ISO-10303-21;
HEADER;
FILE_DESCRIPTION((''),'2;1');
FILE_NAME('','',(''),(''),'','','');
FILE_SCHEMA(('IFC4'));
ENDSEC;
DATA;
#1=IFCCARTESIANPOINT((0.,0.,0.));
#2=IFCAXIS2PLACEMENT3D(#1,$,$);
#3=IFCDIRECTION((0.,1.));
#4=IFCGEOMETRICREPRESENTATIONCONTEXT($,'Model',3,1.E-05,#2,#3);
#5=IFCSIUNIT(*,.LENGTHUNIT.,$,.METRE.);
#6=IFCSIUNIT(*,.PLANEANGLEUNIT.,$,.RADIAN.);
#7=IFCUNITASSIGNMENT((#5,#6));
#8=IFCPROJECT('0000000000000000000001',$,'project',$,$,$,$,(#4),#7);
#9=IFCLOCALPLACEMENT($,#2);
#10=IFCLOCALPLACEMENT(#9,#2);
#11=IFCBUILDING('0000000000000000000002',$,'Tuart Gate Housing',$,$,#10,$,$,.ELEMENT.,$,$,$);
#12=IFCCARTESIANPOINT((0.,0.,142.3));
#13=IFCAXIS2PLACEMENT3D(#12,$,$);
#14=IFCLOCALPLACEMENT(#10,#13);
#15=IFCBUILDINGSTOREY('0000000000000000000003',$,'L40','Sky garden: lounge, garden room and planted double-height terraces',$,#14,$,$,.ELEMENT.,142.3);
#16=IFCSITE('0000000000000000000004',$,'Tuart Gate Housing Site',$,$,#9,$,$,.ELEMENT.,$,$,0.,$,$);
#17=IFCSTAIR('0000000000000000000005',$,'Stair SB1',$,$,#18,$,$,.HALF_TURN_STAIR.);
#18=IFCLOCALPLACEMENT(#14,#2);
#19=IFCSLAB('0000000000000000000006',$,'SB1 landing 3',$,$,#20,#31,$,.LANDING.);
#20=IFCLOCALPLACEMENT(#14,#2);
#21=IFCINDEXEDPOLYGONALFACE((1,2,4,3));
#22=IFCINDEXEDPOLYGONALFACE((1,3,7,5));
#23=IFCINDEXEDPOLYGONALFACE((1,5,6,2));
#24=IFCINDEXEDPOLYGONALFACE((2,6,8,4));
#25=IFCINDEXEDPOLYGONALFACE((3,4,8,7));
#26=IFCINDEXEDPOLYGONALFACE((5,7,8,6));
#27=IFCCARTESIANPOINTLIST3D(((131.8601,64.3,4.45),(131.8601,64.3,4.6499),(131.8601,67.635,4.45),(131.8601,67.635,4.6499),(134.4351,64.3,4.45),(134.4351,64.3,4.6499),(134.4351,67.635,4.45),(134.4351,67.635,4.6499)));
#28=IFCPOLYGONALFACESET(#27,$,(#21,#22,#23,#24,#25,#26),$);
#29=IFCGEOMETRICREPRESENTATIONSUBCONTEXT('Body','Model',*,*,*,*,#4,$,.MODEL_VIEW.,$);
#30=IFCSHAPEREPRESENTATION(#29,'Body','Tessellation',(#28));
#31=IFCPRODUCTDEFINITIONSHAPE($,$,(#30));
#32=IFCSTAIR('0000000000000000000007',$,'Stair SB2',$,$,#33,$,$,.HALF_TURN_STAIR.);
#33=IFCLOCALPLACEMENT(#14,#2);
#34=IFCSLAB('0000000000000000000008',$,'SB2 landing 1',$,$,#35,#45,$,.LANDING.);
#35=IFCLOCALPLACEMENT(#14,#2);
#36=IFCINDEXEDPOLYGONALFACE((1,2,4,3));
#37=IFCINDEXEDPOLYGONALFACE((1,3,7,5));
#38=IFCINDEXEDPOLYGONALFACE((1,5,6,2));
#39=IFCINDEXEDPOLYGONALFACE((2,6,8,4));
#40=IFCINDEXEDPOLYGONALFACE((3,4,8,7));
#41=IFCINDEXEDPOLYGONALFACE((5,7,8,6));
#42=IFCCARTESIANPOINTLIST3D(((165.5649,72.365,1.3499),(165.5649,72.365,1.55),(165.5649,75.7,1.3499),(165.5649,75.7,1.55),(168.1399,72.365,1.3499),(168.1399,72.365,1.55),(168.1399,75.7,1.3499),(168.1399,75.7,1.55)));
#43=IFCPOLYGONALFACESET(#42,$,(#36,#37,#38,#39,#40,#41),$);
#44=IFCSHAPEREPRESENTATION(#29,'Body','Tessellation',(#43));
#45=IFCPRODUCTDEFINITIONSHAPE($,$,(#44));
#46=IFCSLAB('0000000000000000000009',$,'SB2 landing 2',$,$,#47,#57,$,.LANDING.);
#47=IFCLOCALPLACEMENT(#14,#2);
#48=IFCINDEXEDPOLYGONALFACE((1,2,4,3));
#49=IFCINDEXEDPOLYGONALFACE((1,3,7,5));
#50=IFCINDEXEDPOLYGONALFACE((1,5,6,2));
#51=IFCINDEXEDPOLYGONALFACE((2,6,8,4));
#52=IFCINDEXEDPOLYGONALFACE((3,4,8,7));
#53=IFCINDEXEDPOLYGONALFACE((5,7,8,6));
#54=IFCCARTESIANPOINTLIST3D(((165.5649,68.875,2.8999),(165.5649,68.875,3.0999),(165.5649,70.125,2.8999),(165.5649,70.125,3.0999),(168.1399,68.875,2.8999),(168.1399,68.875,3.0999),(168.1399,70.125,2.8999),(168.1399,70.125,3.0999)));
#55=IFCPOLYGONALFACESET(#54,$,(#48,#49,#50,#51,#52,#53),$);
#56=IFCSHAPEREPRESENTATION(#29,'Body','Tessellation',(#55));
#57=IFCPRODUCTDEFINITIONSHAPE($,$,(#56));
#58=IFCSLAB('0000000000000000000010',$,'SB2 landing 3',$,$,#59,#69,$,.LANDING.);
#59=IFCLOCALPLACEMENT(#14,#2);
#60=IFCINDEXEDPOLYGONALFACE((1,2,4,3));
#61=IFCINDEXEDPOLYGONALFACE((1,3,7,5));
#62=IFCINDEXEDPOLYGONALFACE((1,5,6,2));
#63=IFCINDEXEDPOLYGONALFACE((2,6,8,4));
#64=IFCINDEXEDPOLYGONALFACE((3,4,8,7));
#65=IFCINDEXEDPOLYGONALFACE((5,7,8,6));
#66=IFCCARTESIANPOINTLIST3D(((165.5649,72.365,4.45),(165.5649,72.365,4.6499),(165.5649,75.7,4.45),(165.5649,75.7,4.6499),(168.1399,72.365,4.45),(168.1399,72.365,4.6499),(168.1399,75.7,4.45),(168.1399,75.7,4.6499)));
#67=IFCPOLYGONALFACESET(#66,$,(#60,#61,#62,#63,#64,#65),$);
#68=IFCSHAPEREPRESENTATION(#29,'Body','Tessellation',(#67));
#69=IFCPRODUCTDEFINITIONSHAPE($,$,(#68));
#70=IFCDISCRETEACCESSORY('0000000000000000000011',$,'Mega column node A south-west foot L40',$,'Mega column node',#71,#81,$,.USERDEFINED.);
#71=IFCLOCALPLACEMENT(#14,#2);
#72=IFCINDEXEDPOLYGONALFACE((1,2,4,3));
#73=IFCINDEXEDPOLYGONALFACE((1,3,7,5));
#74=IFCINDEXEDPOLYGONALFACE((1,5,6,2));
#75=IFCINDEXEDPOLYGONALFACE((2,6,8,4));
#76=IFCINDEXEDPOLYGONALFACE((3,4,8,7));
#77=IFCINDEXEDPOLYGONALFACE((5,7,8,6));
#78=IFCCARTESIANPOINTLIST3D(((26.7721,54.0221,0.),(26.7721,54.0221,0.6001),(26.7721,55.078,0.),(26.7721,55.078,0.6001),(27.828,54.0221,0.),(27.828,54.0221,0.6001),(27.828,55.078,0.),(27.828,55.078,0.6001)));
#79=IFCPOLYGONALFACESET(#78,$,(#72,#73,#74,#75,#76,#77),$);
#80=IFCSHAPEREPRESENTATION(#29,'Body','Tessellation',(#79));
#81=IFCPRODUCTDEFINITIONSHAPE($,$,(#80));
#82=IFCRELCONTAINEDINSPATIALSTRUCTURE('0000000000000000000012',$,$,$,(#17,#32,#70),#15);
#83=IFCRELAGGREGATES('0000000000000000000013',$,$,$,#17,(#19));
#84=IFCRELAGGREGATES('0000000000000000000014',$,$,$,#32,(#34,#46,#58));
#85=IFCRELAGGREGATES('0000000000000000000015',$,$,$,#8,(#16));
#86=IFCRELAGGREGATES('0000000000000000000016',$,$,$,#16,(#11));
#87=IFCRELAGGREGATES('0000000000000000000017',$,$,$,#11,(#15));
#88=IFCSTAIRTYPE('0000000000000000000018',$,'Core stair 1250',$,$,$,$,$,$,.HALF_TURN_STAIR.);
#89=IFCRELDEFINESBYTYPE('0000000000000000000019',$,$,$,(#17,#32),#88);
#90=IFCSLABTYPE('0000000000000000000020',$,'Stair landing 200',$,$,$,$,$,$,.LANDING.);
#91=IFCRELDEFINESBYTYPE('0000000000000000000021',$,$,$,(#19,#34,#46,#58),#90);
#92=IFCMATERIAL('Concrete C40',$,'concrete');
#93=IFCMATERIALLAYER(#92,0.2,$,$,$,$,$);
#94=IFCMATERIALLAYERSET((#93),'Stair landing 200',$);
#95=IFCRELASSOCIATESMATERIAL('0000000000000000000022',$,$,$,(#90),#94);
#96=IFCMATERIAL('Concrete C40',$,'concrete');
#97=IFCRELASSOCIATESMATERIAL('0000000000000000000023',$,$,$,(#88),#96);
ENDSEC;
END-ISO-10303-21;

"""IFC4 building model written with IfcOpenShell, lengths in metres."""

from ifc_helpers import new_model, si_unit, direction, frame, origin, origin_2d, place, context, subcontext, project, spatial, polyline, rectangle, outline, extrude, material, layer, layer_set, type_object, element, aggregate, save


model = new_model("IFC4")

# Units and contexts
model_context = context("Model", 3, precision=1e-05, world=origin(), true_north=direction((0.0, 1.0)))
body_context = subcontext(model_context, "Body", "Model", "MODEL_VIEW")
ifc_project = project(units=[si_unit("LENGTHUNIT", "METRE"), si_unit("PLANEANGLEUNIT", "RADIAN")], contexts=[model_context])

# Site, building, storey
site_placement = place(None, origin())
site = spatial("IfcSite", under=ifc_project, at=site_placement, Name="Tuart Gate Housing Site", CompositionType="ELEMENT", RefElevation=0.0)
building_placement = place(site_placement, origin())
building = spatial("IfcBuilding", under=site, at=building_placement, Name="Tuart Gate Housing", CompositionType="ELEMENT")
storey_placement = place(building_placement, frame((0.0, 0.0, 142.3)))
storey = spatial("IfcBuildingStorey", under=building, at=storey_placement, Name="L40", Description="Sky garden: lounge, garden room and planted double-height terraces", CompositionType="ELEMENT", Elevation=142.3)

# Stairs, slabs
ifc_material_1 = material(Name="Concrete C40", Category="concrete")
ifc_layer_1 = layer(ifc_material_1, 0.2)
ifc_layer_set_1 = layer_set([ifc_layer_1], Name="Stair landing 200")
slab_type_1 = type_object("IfcSlabType", Name="Stair landing 200", PredefinedType="LANDING", material=ifc_layer_set_1)
ifc_material_2 = material(Name="Concrete C40", Category="concrete")
stair_type_1 = type_object("IfcStairType", Name="Core stair 1250", PredefinedType="HALF_TURN_STAIR", material=ifc_material_2)
stair_1_placement = place(storey_placement, origin())
stair_1 = element("IfcStair", 1, at=stair_1_placement, inside=storey, type_object=stair_type_1, Name="Stair SB1", PredefinedType="HALF_TURN_STAIR")
slab_1_placement = place(storey_placement, frame((0.0, 0.0, 4.45)))
slab_1 = element("IfcSlab", 2, at=slab_1_placement, type_object=slab_type_1, Name="SB1 landing 3", PredefinedType="LANDING", context=body_context, shape_type="SweptSolid", body=[
    extrude(outline(polyline([(134.4351, 67.635), (131.8601, 67.635), (131.8601, 64.3), (134.4351, 64.3), (134.4351, 67.635)])), origin(), (0.0, 0.0, 1.0), 0.2),
])
aggregate(stair_1, [slab_1])
stair_2_placement = place(storey_placement, origin())
stair_2 = element("IfcStair", 3, at=stair_2_placement, inside=storey, type_object=stair_type_1, Name="Stair SB2", PredefinedType="HALF_TURN_STAIR")
slab_2_placement = place(storey_placement, frame((0.0, 0.0, 1.3499)))
slab_2 = element("IfcSlab", 4, at=slab_2_placement, type_object=slab_type_1, Name="SB2 landing 1", PredefinedType="LANDING", context=body_context, shape_type="SweptSolid", body=[
    extrude(outline(polyline([(165.5649, 72.365), (168.1399, 72.365), (168.1399, 75.7), (165.5649, 75.7), (165.5649, 72.365)])), origin(), (0.0, 0.0, 1.0), 0.2002),
])
slab_3_placement = place(storey_placement, frame((0.0, 0.0, 2.8999)))
slab_3 = element("IfcSlab", 5, at=slab_3_placement, type_object=slab_type_1, Name="SB2 landing 2", PredefinedType="LANDING", context=body_context, shape_type="SweptSolid", body=[
    extrude(outline(polyline([(168.1399, 68.875), (168.1399, 70.125), (165.5649, 70.125), (165.5649, 68.875), (168.1399, 68.875)])), origin(), (0.0, 0.0, 1.0), 0.2),
])
slab_4_placement = place(storey_placement, frame((0.0, 0.0, 4.45)))
slab_4 = element("IfcSlab", 6, at=slab_4_placement, type_object=slab_type_1, Name="SB2 landing 3", PredefinedType="LANDING", context=body_context, shape_type="SweptSolid", body=[
    extrude(outline(polyline([(165.5649, 72.365), (168.1399, 72.365), (168.1399, 75.7), (165.5649, 75.7), (165.5649, 72.365)])), origin(), (0.0, 0.0, 1.0), 0.2),
])
aggregate(stair_2, [slab_2, slab_3, slab_4])

# Discrete accessory
discrete_accessory_placement = place(storey_placement, frame((27.3, 54.55, 0.0), z_axis=(0.0, 0.0, 1.0), x_axis=(1.0, 0.0, 0.0)))
element("IfcDiscreteAccessory", 7, at=discrete_accessory_placement, inside=storey, Name="Mega column node A south-west foot L40", ObjectType="Mega column node", PredefinedType="USERDEFINED", context=body_context, shape_type="SweptSolid", body=[
    extrude(rectangle(XDim=1.0559, YDim=1.0559, at=origin_2d()), origin(), (0.0, 0.0, 1.0), 0.6001),
])

save(model, "model.ifc")
